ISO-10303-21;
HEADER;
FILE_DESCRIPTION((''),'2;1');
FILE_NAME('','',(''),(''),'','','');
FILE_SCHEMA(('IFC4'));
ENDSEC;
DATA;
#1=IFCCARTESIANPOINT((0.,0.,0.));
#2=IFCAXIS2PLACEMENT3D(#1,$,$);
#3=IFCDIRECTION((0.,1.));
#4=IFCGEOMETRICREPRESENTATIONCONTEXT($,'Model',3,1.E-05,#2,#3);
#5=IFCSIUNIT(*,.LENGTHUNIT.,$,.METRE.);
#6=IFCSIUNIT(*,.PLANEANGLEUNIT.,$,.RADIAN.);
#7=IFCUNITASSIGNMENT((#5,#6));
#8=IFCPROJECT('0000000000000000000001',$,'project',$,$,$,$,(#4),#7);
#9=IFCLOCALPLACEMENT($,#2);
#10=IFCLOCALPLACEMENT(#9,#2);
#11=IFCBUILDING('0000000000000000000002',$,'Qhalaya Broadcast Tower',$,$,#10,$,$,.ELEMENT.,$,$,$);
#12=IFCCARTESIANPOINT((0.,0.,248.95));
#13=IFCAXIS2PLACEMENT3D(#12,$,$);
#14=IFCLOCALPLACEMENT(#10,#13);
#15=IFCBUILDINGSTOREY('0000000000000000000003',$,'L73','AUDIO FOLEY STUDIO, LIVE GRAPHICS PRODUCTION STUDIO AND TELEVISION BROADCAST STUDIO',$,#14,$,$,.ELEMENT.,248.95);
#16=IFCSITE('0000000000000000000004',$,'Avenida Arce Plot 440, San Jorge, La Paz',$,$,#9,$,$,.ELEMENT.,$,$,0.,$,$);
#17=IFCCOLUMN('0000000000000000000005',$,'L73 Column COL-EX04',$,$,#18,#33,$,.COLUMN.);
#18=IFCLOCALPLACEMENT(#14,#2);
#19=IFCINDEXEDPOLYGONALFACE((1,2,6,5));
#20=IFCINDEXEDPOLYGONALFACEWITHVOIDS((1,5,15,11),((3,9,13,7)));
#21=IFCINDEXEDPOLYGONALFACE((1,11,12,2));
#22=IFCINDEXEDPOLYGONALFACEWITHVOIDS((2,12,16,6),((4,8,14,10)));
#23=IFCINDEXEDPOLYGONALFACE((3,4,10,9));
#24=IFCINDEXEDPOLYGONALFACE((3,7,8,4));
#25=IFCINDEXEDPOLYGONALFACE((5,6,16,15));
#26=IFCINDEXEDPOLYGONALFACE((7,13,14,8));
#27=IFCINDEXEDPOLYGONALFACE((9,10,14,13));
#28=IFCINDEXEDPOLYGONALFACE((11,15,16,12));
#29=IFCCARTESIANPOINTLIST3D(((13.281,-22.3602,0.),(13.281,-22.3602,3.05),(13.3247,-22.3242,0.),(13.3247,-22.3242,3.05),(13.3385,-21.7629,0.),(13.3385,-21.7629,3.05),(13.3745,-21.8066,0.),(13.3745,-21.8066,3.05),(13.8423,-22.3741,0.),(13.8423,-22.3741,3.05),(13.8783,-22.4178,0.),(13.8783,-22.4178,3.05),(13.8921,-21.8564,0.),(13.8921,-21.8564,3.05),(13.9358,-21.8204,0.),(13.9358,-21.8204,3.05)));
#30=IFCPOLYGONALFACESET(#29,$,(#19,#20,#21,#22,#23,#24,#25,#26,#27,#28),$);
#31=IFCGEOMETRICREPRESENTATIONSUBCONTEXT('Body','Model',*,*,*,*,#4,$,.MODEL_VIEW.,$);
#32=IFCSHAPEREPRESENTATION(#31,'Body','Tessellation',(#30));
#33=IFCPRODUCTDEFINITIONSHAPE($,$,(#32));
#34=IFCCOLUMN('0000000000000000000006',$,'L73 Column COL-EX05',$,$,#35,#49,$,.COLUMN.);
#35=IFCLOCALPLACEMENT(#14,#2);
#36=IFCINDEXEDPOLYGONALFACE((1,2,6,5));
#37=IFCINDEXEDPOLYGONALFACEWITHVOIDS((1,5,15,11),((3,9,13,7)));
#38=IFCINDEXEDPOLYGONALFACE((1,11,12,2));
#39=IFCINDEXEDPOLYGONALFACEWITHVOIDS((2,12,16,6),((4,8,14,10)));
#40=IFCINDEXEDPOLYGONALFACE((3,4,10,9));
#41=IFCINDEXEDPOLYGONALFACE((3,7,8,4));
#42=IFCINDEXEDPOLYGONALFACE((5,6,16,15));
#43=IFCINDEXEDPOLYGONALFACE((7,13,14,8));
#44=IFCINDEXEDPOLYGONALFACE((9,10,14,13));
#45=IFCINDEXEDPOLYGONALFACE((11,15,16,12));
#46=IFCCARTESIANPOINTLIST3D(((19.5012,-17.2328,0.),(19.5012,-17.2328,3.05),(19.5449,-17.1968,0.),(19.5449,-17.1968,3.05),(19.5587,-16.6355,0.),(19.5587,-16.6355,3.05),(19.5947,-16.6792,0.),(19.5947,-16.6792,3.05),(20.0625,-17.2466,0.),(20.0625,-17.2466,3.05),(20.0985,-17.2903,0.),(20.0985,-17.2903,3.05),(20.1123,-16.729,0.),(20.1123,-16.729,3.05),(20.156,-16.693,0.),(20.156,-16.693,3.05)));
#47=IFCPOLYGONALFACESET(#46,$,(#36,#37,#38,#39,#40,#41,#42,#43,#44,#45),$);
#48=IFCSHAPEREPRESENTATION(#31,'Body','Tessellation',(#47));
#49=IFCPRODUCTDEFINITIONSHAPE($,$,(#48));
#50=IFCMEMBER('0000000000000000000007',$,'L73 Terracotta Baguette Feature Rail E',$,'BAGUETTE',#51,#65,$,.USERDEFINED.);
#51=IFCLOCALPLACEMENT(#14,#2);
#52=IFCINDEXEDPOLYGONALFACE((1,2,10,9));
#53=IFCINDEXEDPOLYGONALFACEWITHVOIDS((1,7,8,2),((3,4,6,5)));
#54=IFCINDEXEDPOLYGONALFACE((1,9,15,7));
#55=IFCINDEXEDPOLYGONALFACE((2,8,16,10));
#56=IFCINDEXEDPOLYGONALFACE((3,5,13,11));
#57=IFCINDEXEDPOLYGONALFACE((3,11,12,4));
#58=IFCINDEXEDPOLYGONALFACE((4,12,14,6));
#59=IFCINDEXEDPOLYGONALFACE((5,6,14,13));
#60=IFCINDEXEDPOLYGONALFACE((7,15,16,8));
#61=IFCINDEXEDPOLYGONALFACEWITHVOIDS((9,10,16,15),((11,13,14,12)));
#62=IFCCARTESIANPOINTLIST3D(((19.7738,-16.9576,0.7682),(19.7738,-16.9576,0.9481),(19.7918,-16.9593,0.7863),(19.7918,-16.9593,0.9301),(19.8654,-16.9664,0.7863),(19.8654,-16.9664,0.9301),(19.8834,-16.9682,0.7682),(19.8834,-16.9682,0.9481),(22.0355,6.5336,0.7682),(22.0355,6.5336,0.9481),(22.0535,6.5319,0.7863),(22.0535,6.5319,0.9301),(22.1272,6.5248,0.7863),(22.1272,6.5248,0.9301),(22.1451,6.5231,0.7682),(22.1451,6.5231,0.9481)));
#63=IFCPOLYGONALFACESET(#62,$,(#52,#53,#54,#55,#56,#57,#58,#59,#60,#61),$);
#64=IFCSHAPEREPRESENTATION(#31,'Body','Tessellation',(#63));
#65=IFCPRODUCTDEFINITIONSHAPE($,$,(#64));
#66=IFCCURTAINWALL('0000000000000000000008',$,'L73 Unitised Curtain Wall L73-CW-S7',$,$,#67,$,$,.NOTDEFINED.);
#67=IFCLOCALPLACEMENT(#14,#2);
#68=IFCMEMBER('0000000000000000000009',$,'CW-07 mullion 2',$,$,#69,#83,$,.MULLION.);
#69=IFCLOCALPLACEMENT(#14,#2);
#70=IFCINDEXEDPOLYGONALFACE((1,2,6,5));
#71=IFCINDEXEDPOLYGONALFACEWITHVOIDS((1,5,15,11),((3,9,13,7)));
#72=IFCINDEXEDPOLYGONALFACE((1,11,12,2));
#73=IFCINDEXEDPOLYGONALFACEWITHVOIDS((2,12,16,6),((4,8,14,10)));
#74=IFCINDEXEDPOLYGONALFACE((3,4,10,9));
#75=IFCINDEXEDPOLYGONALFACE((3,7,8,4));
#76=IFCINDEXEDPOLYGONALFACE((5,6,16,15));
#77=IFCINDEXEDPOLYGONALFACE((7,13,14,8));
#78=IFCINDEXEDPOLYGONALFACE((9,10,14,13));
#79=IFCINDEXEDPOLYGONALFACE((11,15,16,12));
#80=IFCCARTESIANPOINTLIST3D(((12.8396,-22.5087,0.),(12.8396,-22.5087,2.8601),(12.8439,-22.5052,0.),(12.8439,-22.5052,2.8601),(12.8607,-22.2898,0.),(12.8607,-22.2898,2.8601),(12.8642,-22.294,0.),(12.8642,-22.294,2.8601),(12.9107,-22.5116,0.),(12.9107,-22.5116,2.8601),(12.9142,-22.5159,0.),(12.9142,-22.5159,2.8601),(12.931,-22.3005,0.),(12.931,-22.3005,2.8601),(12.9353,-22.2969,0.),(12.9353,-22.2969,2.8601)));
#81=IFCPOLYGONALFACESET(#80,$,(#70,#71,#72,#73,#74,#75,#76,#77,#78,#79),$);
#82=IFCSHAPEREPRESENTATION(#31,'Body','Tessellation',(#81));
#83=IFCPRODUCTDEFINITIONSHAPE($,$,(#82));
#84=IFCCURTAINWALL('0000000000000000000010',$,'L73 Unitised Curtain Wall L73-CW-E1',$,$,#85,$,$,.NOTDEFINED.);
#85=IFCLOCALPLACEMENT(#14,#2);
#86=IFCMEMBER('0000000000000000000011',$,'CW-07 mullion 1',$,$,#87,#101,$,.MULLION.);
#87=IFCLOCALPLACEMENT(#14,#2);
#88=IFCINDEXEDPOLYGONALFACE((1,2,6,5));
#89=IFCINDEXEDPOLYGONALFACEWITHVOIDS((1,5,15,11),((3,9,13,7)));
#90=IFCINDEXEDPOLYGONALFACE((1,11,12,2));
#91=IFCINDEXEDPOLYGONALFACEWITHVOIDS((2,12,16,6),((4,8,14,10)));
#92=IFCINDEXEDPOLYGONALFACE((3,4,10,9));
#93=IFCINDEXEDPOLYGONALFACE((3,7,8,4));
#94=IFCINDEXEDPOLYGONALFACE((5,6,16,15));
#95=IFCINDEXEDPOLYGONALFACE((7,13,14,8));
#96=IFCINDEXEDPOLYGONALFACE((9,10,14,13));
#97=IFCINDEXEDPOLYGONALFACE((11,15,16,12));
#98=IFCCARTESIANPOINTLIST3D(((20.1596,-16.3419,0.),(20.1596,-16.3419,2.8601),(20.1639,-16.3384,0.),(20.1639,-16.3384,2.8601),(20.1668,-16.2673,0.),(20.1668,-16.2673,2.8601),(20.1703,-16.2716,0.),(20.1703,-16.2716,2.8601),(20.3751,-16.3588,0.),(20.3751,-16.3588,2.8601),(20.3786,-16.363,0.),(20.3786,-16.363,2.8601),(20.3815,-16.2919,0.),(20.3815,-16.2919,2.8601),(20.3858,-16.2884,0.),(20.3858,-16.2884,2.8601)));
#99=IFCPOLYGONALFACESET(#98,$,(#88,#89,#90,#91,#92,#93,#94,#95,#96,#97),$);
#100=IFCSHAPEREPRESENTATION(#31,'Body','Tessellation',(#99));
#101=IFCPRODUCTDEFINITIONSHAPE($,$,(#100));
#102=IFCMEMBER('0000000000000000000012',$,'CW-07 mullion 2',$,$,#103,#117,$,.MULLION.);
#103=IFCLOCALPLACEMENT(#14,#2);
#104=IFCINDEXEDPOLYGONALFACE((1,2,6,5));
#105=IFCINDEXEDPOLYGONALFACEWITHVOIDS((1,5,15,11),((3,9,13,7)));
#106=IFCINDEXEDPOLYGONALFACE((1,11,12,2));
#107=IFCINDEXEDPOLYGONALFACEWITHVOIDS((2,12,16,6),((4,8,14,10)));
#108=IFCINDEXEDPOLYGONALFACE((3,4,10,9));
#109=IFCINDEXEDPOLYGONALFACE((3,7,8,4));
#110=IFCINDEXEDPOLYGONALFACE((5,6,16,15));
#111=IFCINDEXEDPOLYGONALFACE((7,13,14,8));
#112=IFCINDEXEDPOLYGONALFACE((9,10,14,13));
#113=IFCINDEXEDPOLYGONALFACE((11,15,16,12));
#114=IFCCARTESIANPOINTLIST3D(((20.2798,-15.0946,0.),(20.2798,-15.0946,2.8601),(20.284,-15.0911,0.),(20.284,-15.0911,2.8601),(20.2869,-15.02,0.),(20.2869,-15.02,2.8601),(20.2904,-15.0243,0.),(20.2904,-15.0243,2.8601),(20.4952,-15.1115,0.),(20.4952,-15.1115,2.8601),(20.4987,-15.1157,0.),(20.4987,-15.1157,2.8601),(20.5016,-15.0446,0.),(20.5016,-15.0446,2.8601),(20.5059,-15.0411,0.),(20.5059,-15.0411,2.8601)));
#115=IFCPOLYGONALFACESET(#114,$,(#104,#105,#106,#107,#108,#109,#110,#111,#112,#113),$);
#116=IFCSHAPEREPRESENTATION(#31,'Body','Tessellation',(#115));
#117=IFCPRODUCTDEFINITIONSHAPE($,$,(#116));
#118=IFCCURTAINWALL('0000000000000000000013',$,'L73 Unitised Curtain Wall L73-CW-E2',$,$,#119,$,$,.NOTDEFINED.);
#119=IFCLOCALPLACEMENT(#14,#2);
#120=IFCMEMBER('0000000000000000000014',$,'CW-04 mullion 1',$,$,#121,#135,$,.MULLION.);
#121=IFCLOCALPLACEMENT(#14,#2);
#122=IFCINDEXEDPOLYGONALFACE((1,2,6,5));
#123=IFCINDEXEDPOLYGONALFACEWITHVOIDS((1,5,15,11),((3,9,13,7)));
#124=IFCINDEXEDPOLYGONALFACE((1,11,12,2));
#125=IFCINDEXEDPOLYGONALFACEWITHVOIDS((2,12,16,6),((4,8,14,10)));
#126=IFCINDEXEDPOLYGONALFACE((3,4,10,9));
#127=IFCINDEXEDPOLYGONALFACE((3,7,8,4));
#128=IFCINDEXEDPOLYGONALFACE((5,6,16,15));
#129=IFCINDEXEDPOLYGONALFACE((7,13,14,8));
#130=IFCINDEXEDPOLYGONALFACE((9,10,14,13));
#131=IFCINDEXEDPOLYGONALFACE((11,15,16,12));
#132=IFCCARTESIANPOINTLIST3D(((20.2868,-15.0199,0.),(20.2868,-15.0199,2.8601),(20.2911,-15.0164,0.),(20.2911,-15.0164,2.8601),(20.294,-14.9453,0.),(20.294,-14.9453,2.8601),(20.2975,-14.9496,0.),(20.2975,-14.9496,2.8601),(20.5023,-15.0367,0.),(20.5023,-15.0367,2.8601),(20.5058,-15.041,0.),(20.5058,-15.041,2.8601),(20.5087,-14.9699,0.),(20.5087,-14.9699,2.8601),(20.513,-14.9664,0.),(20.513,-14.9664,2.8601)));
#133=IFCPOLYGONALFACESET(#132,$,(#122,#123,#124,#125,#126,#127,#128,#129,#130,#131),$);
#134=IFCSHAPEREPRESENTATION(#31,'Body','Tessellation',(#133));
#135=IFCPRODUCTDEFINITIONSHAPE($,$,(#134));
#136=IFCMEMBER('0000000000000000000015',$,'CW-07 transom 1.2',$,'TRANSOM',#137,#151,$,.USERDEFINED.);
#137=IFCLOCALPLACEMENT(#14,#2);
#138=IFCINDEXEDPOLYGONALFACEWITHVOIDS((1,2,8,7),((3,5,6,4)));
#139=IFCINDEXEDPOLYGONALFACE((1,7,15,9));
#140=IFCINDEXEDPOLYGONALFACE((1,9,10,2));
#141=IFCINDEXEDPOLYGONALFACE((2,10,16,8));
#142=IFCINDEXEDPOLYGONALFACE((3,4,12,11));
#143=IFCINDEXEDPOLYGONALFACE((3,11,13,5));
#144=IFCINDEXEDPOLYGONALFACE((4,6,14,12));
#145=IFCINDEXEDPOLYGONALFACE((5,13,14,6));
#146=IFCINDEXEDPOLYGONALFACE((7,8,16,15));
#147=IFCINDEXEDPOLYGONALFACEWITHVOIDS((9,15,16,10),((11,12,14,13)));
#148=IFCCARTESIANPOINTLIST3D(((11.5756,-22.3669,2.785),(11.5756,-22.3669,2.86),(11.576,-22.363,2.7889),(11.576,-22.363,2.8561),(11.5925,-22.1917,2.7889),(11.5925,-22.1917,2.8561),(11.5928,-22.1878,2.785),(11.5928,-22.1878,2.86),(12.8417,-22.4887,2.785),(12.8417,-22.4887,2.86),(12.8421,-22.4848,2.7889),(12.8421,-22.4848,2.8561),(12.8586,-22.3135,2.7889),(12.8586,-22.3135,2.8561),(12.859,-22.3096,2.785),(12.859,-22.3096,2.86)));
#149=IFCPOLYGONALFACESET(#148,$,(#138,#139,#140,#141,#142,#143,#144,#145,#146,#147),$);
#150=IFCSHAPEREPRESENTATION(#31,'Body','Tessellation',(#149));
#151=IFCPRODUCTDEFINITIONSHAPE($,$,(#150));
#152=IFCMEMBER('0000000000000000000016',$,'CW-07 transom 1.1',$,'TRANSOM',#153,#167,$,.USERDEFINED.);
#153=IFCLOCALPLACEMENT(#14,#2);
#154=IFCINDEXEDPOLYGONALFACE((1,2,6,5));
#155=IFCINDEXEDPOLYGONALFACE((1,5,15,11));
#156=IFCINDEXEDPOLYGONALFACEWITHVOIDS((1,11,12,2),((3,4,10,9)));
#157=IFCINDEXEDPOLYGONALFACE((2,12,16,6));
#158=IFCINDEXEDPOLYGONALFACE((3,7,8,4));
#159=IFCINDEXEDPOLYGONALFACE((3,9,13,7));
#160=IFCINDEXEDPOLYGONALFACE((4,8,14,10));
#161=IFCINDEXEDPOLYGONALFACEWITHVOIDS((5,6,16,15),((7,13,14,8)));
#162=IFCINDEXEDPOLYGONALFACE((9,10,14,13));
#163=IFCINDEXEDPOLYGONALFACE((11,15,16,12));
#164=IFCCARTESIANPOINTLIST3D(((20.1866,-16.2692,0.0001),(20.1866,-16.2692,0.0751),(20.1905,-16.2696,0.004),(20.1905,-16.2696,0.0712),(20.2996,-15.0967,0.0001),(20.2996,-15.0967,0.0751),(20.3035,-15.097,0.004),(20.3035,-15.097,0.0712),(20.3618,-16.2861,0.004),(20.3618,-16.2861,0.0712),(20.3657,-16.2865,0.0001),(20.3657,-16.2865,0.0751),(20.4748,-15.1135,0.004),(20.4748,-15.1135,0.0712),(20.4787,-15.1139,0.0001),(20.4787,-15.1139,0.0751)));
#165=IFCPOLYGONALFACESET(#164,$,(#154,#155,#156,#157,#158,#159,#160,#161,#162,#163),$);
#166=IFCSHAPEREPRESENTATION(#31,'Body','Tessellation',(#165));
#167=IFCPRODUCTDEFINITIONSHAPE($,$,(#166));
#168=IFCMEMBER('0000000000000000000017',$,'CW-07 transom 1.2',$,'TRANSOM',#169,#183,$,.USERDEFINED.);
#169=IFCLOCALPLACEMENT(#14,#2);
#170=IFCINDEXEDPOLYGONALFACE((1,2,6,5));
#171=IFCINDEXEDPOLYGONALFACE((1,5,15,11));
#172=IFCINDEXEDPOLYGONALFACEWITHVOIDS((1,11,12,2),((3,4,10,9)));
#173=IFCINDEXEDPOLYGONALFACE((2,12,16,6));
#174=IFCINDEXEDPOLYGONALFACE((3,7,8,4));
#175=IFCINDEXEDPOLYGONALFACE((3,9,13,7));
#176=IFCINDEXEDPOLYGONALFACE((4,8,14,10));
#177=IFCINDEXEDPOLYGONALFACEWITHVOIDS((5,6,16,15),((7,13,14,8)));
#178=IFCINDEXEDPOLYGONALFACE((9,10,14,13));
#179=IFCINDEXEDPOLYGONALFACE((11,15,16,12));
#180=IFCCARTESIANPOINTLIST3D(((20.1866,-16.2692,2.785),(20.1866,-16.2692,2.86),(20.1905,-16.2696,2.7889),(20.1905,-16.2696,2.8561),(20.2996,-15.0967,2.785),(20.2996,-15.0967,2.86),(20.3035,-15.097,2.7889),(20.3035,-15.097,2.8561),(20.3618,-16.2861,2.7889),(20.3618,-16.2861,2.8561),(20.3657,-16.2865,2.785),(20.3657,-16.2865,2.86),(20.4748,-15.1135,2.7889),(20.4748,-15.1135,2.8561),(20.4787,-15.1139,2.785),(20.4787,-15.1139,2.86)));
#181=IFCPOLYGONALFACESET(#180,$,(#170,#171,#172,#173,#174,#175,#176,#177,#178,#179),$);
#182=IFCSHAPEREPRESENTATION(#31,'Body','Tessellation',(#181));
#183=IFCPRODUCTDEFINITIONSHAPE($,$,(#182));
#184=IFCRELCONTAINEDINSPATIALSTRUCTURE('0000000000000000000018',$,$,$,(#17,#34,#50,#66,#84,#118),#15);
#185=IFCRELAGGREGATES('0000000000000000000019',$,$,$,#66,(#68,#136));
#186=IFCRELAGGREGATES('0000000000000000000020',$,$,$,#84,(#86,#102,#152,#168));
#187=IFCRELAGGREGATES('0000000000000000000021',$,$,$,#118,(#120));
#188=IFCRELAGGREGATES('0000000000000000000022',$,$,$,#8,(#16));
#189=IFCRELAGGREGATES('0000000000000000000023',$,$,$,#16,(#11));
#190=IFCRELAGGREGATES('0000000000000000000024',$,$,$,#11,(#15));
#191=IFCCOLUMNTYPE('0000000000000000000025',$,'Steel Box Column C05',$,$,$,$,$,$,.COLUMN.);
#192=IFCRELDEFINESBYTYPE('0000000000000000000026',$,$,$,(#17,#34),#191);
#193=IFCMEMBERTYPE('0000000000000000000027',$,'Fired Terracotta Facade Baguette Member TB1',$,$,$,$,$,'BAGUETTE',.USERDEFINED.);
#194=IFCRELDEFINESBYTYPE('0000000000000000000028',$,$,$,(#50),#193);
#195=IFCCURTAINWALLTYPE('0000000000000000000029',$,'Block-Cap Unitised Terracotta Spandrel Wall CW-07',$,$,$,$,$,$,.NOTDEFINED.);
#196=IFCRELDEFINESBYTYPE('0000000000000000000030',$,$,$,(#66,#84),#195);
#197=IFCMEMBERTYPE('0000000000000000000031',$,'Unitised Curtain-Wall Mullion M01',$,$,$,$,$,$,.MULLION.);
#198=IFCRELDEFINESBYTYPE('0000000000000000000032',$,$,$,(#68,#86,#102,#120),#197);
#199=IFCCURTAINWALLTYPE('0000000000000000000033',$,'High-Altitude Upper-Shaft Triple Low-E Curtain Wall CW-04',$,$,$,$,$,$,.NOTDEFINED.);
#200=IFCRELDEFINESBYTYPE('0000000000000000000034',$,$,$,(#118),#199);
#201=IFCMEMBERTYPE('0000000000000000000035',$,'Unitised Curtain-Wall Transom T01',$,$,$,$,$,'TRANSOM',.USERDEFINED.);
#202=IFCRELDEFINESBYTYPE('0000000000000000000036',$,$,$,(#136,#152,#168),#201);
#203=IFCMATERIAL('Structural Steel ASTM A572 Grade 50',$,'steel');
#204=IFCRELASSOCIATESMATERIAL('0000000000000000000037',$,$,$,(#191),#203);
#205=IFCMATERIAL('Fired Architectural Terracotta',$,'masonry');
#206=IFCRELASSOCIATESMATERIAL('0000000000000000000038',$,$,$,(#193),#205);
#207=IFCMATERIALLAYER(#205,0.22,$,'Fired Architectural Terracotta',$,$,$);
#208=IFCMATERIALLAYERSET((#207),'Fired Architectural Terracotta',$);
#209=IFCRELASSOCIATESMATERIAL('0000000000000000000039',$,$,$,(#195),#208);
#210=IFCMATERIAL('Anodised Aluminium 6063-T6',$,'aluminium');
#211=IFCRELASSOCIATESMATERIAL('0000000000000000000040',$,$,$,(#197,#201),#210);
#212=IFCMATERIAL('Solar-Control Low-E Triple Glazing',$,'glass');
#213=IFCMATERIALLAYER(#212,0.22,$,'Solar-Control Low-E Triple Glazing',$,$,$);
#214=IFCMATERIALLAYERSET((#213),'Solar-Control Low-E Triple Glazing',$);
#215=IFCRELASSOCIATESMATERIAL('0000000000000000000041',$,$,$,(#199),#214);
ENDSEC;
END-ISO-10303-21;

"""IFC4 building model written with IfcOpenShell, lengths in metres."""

from ifc_helpers import new_model, si_unit, direction, frame, origin, origin_2d, place, context, subcontext, project, spatial, hollow_rectangle, extrude, material, layer, layer_set, material_profile, profile_set, type_object, element, aggregate, save


model = new_model("IFC4")

# Units and contexts
model_context = context("Model", 3, precision=1e-05, world=origin(), true_north=direction((0.0, 1.0)))
body_context = subcontext(model_context, "Body", "Model", "MODEL_VIEW")
ifc_project = project(units=[si_unit("LENGTHUNIT", "METRE"), si_unit("PLANEANGLEUNIT", "RADIAN")], contexts=[model_context])

# Site, building, storey
site_placement = place(None, origin())
site = spatial("IfcSite", under=ifc_project, at=site_placement, Name="Avenida Arce Plot 440, San Jorge, La Paz", CompositionType="ELEMENT", RefElevation=0.0)
building_placement = place(site_placement, origin())
building = spatial("IfcBuilding", under=site, at=building_placement, Name="Qhalaya Broadcast Tower", CompositionType="ELEMENT")
storey_placement = place(building_placement, frame((0.0, 0.0, 248.95)))
storey = spatial("IfcBuildingStorey", under=building, at=storey_placement, Name="L73", Description="AUDIO FOLEY STUDIO, LIVE GRAPHICS PRODUCTION STUDIO AND TELEVISION BROADCAST STUDIO", CompositionType="ELEMENT", Elevation=248.95)

# Columns
ifc_material_1 = material(Name="Structural Steel ASTM A572 Grade 50", Category="steel")
ifc_material_profile_1 = material_profile(ifc_material_1, hollow_rectangle(XDim=0.6001, YDim=0.6001, WallThickness=0.04, at=origin_2d()), Name="BOX 600x600x40")
ifc_profile_set_1 = profile_set([ifc_material_profile_1], Name="Structural Steel ASTM A572 Grade 50")
column_type = type_object("IfcColumnType", Name="Steel Box Column C05", PredefinedType="COLUMN", material=ifc_profile_set_1)
for number, where, z_axis, x_axis, name in (
    (1, (13.6084, -22.0903, 0.0), (0.0, 0.0, 1.0), (0.995396, -0.095846, 0.0), "L73 Column COL-EX04"),
    (2, (19.8286, -16.9629, 0.0), (0.0, 0.0, 1.0), (0.095846, 0.995396, 0.0), "L73 Column COL-EX05"),
):
    element("IfcColumn", number, at=place(storey_placement, frame(where, z_axis=z_axis, x_axis=x_axis)), inside=storey, type_object=column_type, Name=name, PredefinedType="COLUMN", context=body_context, shape_type="SweptSolid", body=[
        extrude(hollow_rectangle(XDim=0.6001, YDim=0.6001, WallThickness=0.04, at=origin_2d()), origin(), (0.0, 0.0, 1.0), 3.05),
    ])

# Member
ifc_material_2 = material(Name="Fired Architectural Terracotta", Category="masonry")
ifc_material_profile_2 = material_profile(ifc_material_2, hollow_rectangle(XDim=0.1101, YDim=0.1799, WallThickness=0.0181, at=origin_2d()), Name="TB-BAG 110x180x18")
ifc_profile_set_2 = profile_set([ifc_material_profile_2], Name="Fired Architectural Terracotta")
member_type_1 = type_object("IfcMemberType", Name="Fired Terracotta Facade Baguette Member TB1", ElementType="BAGUETTE", PredefinedType="USERDEFINED", material=ifc_profile_set_2)
member_1_placement = place(storey_placement, frame((19.8286, -16.9629, 0.8582), z_axis=(0.095836, 0.995397, 0.0), x_axis=(-0.995397, 0.095836, 0.0)))
element("IfcMember", 3, at=member_1_placement, inside=storey, type_object=member_type_1, Name="L73 Terracotta Baguette Feature Rail E", ObjectType="BAGUETTE", PredefinedType="USERDEFINED", context=body_context, shape_type="SweptSolid", body=[
    extrude(hollow_rectangle(XDim=0.1101, YDim=0.1799, WallThickness=0.0181, at=origin_2d()), origin(), (0.0, 0.0, 1.0), 23.5999),
])

# Curtain wall, member
ifc_layer_1 = layer(ifc_material_2, 0.22, Name="Fired Architectural Terracotta")
ifc_layer_set_1 = layer_set([ifc_layer_1], Name="Fired Architectural Terracotta")
curtain_wall_type_1 = type_object("IfcCurtainWallType", Name="Block-Cap Unitised Terracotta Spandrel Wall CW-07", PredefinedType="NOTDEFINED", material=ifc_layer_set_1)
curtain_wall_1_placement = place(storey_placement, origin())
curtain_wall_1 = element("IfcCurtainWall", 4, at=curtain_wall_1_placement, inside=storey, type_object=curtain_wall_type_1, Name="L73 Unitised Curtain Wall L73-CW-S7", PredefinedType="NOTDEFINED")
ifc_material_3 = material(Name="Anodised Aluminium 6063-T6", Category="aluminium")
ifc_material_profile_3 = material_profile(ifc_material_3, hollow_rectangle(XDim=0.075, YDim=0.22, WallThickness=0.0039, at=origin_2d()), Name="ALU-MUL 75x220x4")
ifc_profile_set_3 = profile_set([ifc_material_profile_3], Name="Anodised Aluminium 6063-T6")
member_type_2 = type_object("IfcMemberType", Name="Unitised Curtain-Wall Mullion M01", PredefinedType="MULLION", material=ifc_profile_set_3)
member_2_placement = place(storey_placement, frame((12.8875, -22.4028, 0.0), z_axis=(0.0, 0.0, 1.0), x_axis=(0.995395, -0.095854, 0.0)))
member_2 = element("IfcMember", 5, at=member_2_placement, type_object=member_type_2, Name="CW-07 mullion 2", PredefinedType="MULLION", context=body_context, shape_type="SweptSolid", body=[
    extrude(hollow_rectangle(XDim=0.075, YDim=0.22, WallThickness=0.0039, at=origin_2d()), origin(), (0.0, 0.0, 1.0), 2.8601),
])

# Curtain wall, members
curtain_wall_2_placement = place(storey_placement, origin())
curtain_wall_2 = element("IfcCurtainWall", 6, at=curtain_wall_2_placement, inside=storey, type_object=curtain_wall_type_1, Name="L73 Unitised Curtain Wall L73-CW-E1", PredefinedType="NOTDEFINED")
member_3_placement = place(storey_placement, frame((20.2727, -16.3152, 0.0), z_axis=(0.0, 0.0, 1.0), x_axis=(0.095857, 0.995395, 0.0)))
member_3 = element("IfcMember", 7, at=member_3_placement, type_object=member_type_2, Name="CW-07 mullion 1", PredefinedType="MULLION", context=body_context, shape_type="SweptSolid", body=[
    extrude(hollow_rectangle(XDim=0.075, YDim=0.22, WallThickness=0.0039, at=origin_2d()), origin(), (0.0, 0.0, 1.0), 2.8601),
])
member_4_placement = place(storey_placement, frame((20.3928, -15.0679, 0.0), z_axis=(0.0, 0.0, 1.0), x_axis=(0.095857, 0.995395, 0.0)))
member_4 = element("IfcMember", 8, at=member_4_placement, type_object=member_type_2, Name="CW-07 mullion 2", PredefinedType="MULLION", context=body_context, shape_type="SweptSolid", body=[
    extrude(hollow_rectangle(XDim=0.075, YDim=0.22, WallThickness=0.0039, at=origin_2d()), origin(), (0.0, 0.0, 1.0), 2.8601),
])

# Curtain wall, member
ifc_material_4 = material(Name="Solar-Control Low-E Triple Glazing", Category="glass")
ifc_layer_2 = layer(ifc_material_4, 0.22, Name="Solar-Control Low-E Triple Glazing")
ifc_layer_set_2 = layer_set([ifc_layer_2], Name="Solar-Control Low-E Triple Glazing")
curtain_wall_type_2 = type_object("IfcCurtainWallType", Name="High-Altitude Upper-Shaft Triple Low-E Curtain Wall CW-04", PredefinedType="NOTDEFINED", material=ifc_layer_set_2)
curtain_wall_3_placement = place(storey_placement, origin())
curtain_wall_3 = element("IfcCurtainWall", 9, at=curtain_wall_3_placement, inside=storey, type_object=curtain_wall_type_2, Name="L73 Unitised Curtain Wall L73-CW-E2", PredefinedType="NOTDEFINED")
member_5_placement = place(storey_placement, frame((20.3999, -14.9932, 0.0), z_axis=(0.0, 0.0, 1.0), x_axis=(0.095851, 0.995396, 0.0)))
member_5 = element("IfcMember", 10, at=member_5_placement, type_object=member_type_2, Name="CW-04 mullion 1", PredefinedType="MULLION", context=body_context, shape_type="SweptSolid", body=[
    extrude(hollow_rectangle(XDim=0.075, YDim=0.22, WallThickness=0.0039, at=origin_2d()), origin(), (0.0, 0.0, 1.0), 2.8601),
])

# Members
ifc_material_profile_4 = material_profile(ifc_material_3, hollow_rectangle(XDim=0.075, YDim=0.1799, WallThickness=0.0039, at=origin_2d()), Name="ALU-TRN 75x180x4")
ifc_profile_set_4 = profile_set([ifc_material_profile_4], Name="Anodised Aluminium 6063-T6")
member_type_3 = type_object("IfcMemberType", Name="Unitised Curtain-Wall Transom T01", ElementType="TRANSOM", PredefinedType="USERDEFINED", material=ifc_profile_set_4)
member_6_placement = place(storey_placement, frame((11.5842, -22.2773, 2.8225), z_axis=(0.995403, -0.095778, 0.0), x_axis=(0.0, 0.0, 1.0)))
member_6 = element("IfcMember", 11, at=member_6_placement, type_object=member_type_3, Name="CW-07 transom 1.2", ObjectType="TRANSOM", PredefinedType="USERDEFINED", context=body_context, shape_type="SweptSolid", body=[
    extrude(hollow_rectangle(XDim=0.075, YDim=0.1799, WallThickness=0.0039, at=origin_2d()), origin(), (0.0, 0.0, 1.0), 1.272),
])
member_7_placement = place(storey_placement, frame((20.2761, -16.2778, 0.0376), z_axis=(0.095953, 0.995386, 0.0), x_axis=(0.0, 0.0, 1.0)))
member_7 = element("IfcMember", 12, at=member_7_placement, type_object=member_type_3, Name="CW-07 transom 1.1", ObjectType="TRANSOM", PredefinedType="USERDEFINED", context=body_context, shape_type="SweptSolid", body=[
    extrude(hollow_rectangle(XDim=0.075, YDim=0.1799, WallThickness=0.0039, at=origin_2d()), origin(), (0.0, 0.0, 1.0), 1.178),
])
member_8_placement = place(storey_placement, frame((20.2761, -16.2778, 2.8225), z_axis=(0.095953, 0.995386, 0.0), x_axis=(0.0, 0.0, 1.0)))
member_8 = element("IfcMember", 13, at=member_8_placement, type_object=member_type_3, Name="CW-07 transom 1.2", ObjectType="TRANSOM", PredefinedType="USERDEFINED", context=body_context, shape_type="SweptSolid", body=[
    extrude(hollow_rectangle(XDim=0.075, YDim=0.1799, WallThickness=0.0039, at=origin_2d()), origin(), (0.0, 0.0, 1.0), 1.178),
])

aggregate(curtain_wall_1, [member_2, member_6])
aggregate(curtain_wall_2, [member_3, member_4, member_7, member_8])
aggregate(curtain_wall_3, [member_5])

save(model, "model.ifc")
